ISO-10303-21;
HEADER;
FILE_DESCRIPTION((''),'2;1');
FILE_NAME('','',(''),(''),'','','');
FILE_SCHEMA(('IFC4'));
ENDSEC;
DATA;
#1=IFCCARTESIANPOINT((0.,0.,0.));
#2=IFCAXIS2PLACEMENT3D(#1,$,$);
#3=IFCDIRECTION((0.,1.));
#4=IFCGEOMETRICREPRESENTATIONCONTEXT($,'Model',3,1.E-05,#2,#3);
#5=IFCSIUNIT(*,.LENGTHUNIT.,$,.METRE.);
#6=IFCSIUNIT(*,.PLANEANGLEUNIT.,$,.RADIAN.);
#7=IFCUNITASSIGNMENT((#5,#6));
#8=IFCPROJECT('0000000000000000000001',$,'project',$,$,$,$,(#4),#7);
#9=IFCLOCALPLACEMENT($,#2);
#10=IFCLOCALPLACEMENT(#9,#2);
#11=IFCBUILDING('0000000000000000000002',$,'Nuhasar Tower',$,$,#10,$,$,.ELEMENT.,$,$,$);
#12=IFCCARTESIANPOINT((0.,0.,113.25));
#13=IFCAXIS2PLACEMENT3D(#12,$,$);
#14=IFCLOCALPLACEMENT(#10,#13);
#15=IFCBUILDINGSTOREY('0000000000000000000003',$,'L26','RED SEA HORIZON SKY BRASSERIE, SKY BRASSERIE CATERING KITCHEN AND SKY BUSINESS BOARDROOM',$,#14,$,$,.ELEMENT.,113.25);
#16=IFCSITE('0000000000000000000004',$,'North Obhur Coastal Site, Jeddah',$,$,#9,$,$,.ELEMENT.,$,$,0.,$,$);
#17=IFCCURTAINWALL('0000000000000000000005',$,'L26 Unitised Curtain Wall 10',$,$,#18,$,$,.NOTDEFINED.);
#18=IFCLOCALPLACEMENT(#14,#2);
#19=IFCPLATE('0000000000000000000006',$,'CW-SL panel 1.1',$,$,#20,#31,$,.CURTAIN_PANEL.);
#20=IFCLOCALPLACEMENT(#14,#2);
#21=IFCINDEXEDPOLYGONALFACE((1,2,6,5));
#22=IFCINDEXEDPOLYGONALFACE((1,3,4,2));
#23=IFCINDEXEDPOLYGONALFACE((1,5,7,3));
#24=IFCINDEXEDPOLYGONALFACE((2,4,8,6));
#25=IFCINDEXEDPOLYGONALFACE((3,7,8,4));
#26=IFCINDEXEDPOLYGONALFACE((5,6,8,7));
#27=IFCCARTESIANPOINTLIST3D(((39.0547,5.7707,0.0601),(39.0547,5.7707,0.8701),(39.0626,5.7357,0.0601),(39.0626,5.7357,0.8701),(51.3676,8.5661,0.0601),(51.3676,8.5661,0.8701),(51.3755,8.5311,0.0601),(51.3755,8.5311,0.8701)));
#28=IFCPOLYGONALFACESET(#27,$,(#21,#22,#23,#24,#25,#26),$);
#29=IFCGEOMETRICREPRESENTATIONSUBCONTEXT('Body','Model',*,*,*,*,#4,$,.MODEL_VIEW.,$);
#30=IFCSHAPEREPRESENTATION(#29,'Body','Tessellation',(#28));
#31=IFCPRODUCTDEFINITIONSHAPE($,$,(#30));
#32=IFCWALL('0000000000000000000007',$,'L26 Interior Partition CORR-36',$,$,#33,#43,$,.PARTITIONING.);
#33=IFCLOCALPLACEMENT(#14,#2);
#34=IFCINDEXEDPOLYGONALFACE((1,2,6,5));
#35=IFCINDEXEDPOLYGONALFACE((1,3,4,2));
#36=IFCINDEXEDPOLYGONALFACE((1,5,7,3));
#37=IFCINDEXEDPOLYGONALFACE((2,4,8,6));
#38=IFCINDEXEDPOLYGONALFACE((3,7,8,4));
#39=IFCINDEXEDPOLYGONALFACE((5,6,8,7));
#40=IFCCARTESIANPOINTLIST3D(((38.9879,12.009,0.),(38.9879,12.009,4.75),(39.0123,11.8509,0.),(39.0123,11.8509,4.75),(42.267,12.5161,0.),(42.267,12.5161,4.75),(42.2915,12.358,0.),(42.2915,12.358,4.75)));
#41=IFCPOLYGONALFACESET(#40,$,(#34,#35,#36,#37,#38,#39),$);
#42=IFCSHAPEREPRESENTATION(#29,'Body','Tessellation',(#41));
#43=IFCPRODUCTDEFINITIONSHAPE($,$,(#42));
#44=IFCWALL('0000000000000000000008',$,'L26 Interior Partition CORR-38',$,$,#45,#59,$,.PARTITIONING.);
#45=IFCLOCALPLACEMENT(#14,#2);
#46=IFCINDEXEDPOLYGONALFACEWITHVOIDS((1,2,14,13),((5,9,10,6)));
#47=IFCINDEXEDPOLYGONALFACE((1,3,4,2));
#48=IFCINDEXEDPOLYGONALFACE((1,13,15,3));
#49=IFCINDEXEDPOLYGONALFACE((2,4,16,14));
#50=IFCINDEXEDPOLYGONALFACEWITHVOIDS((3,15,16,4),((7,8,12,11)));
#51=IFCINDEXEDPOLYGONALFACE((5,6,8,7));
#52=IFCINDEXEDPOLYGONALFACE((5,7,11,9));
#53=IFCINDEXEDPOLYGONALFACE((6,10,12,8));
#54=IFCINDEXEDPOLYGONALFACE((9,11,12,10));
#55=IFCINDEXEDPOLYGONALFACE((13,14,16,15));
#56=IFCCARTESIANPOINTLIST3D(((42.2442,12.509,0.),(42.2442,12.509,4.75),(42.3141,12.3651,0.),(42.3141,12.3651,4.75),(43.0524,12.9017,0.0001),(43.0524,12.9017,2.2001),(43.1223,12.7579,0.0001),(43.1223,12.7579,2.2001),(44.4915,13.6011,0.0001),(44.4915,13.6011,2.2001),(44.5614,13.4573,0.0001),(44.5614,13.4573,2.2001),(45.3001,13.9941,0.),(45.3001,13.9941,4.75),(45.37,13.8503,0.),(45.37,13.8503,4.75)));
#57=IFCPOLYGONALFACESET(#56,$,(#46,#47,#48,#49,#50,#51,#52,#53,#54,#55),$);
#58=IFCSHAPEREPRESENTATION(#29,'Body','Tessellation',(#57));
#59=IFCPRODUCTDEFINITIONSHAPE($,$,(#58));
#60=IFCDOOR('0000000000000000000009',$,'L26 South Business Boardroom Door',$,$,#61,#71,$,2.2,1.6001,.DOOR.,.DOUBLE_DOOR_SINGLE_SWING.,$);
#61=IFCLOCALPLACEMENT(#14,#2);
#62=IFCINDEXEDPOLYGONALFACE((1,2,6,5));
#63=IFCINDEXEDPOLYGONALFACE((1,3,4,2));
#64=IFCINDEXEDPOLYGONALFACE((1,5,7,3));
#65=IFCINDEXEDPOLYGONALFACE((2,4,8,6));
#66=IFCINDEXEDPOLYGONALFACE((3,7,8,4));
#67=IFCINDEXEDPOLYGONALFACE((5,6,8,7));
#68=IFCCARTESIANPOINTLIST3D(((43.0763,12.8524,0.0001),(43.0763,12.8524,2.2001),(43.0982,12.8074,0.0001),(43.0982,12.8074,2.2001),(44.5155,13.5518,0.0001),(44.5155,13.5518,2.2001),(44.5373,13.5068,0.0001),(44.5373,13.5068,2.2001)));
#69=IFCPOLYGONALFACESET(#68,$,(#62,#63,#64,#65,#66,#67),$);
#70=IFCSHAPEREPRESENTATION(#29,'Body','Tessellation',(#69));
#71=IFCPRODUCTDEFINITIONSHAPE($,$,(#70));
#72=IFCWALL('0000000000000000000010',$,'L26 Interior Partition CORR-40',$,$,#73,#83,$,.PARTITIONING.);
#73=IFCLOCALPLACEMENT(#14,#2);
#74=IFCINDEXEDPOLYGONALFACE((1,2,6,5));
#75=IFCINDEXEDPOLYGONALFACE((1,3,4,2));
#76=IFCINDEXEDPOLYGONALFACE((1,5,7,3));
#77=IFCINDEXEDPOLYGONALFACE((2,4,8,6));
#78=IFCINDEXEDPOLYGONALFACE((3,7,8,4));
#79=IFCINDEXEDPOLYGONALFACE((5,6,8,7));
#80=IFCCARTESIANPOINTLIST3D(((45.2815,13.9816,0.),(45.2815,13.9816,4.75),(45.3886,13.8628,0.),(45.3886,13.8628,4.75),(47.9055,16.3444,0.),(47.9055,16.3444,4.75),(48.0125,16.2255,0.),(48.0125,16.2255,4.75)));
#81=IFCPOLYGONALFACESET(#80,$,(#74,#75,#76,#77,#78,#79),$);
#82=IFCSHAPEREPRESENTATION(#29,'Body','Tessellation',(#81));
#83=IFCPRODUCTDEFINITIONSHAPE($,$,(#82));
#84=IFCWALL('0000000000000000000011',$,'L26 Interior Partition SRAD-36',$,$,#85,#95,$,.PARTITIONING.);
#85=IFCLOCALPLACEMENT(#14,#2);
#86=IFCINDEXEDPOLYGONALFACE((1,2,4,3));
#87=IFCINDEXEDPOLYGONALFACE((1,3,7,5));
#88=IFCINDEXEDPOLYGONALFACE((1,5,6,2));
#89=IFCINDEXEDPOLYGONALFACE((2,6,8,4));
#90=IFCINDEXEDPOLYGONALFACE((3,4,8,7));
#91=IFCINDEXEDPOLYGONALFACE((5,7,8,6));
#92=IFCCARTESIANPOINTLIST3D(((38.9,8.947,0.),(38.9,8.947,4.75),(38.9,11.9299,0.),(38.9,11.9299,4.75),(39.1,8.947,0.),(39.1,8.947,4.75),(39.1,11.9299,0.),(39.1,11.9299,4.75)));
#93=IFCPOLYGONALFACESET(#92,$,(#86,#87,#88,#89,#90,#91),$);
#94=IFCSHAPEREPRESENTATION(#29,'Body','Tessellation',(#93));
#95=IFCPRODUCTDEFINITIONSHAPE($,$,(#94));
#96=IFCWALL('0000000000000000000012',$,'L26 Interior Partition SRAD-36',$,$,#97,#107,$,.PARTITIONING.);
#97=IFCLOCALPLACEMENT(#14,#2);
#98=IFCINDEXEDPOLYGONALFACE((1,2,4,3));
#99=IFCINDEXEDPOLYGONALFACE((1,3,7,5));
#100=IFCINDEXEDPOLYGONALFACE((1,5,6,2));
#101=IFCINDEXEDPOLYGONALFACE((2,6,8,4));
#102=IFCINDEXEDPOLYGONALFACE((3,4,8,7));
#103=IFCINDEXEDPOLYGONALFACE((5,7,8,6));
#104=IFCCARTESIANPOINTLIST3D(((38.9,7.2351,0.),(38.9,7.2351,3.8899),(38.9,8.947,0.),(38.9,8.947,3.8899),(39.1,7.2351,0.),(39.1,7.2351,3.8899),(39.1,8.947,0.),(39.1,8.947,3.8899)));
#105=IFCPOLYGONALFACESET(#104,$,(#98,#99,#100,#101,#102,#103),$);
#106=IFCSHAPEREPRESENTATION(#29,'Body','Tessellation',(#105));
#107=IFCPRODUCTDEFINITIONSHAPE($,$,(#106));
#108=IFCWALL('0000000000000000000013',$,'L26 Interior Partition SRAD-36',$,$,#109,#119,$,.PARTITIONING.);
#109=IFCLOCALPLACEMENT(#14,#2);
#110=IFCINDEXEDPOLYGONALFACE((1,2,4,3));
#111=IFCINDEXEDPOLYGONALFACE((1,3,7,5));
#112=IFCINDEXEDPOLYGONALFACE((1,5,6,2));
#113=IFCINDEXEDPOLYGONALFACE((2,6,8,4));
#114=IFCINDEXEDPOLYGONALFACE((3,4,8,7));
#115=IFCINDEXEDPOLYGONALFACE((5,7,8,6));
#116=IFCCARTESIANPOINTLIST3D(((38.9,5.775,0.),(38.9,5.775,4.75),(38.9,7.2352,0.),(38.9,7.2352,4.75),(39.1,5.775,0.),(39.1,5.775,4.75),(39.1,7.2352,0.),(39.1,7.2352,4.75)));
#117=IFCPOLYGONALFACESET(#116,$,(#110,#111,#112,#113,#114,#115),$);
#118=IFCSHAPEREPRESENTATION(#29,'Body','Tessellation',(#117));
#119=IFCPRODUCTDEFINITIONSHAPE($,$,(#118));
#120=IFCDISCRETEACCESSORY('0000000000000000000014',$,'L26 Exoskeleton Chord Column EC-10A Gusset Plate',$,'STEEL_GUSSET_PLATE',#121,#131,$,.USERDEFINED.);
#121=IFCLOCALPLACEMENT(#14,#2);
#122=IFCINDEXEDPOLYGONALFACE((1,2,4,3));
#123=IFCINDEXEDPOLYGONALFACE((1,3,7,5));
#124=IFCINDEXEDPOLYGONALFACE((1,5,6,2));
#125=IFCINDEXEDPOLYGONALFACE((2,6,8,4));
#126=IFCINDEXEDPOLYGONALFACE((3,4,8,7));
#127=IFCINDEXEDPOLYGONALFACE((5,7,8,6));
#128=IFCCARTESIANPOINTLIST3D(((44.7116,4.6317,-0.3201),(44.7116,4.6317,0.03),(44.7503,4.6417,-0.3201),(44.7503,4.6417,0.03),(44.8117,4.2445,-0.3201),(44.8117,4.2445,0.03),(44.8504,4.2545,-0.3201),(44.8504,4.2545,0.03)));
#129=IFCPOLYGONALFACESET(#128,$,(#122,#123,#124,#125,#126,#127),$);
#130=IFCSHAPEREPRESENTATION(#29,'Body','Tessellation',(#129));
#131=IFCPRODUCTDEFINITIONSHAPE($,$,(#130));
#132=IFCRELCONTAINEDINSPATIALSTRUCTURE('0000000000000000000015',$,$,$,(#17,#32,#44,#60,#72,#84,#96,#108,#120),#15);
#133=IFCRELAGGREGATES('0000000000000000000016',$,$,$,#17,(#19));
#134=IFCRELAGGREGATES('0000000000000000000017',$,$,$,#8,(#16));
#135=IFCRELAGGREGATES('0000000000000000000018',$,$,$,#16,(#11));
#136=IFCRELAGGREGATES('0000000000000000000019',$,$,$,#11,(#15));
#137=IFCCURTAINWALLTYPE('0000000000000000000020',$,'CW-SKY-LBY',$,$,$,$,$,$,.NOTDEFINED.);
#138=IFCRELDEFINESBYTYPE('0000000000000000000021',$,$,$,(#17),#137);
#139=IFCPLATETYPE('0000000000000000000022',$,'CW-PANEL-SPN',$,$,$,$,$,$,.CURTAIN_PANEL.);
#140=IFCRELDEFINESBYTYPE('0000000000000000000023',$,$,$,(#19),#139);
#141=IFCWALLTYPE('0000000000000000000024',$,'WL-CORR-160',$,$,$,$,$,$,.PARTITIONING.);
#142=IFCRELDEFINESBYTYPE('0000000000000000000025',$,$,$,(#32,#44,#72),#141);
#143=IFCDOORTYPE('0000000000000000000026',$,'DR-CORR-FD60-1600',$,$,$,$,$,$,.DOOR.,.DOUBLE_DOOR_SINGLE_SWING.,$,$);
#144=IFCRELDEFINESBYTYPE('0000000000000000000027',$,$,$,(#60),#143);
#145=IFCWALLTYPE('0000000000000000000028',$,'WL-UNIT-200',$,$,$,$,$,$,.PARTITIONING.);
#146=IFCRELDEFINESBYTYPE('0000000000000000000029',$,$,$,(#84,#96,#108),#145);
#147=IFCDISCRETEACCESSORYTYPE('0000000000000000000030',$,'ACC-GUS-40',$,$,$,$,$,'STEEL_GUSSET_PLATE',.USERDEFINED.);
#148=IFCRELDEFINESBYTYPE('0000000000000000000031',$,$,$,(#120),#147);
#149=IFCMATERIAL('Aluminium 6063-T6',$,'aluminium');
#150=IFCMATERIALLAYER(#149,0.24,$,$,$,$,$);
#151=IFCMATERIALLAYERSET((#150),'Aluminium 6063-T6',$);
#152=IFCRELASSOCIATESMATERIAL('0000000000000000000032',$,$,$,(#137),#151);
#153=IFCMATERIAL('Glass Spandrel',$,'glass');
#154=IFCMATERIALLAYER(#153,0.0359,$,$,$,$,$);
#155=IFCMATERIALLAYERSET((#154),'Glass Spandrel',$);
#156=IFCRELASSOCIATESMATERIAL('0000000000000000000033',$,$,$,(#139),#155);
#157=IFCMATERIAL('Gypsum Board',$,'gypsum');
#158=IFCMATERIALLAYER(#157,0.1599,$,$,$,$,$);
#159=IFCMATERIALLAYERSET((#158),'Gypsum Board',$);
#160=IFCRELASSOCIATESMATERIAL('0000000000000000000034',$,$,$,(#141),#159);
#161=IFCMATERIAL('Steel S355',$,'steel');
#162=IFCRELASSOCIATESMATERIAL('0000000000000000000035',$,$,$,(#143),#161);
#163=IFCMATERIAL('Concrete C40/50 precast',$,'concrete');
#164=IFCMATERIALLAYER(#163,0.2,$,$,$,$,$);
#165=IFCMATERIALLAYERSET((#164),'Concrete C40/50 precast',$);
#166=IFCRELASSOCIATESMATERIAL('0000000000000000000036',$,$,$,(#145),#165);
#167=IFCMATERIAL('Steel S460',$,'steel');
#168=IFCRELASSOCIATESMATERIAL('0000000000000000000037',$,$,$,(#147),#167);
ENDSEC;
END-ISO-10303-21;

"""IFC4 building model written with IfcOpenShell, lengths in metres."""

from ifc_helpers import new_model, si_unit, direction, frame, frame_2d, origin, origin_2d, place, context, subcontext, project, spatial, rectangle, extrude, material, layer, layer_set, type_object, element, fill, aggregate, save


model = new_model("IFC4")

# Units and contexts
model_context = context("Model", 3, precision=1e-05, world=origin(), true_north=direction((0.0, 1.0)))
body_context = subcontext(model_context, "Body", "Model", "MODEL_VIEW")
ifc_project = project(units=[si_unit("LENGTHUNIT", "METRE"), si_unit("PLANEANGLEUNIT", "RADIAN")], contexts=[model_context])

# Site, building, storey
site_placement = place(None, origin())
site = spatial("IfcSite", under=ifc_project, at=site_placement, Name="North Obhur Coastal Site, Jeddah", CompositionType="ELEMENT", RefElevation=0.0)
building_placement = place(site_placement, origin())
building = spatial("IfcBuilding", under=site, at=building_placement, Name="Nuhasar Tower", CompositionType="ELEMENT")
storey_placement = place(building_placement, frame((0.0, 0.0, 113.25)))
storey = spatial("IfcBuildingStorey", under=building, at=storey_placement, Name="L26", Description="RED SEA HORIZON SKY BRASSERIE, SKY BRASSERIE CATERING KITCHEN AND SKY BUSINESS BOARDROOM", CompositionType="ELEMENT", Elevation=113.25)

# Shared definitions
ifc_material_1 = material(Name="Steel S460", Category="steel")

# Shared definitions
ifc_material_2 = material(Name="Aluminium 6063-T6", Category="aluminium")
ifc_layer_1 = layer(ifc_material_2, 0.24)
ifc_layer_set_1 = layer_set([ifc_layer_1], Name="Aluminium 6063-T6")
curtain_wall_type = type_object("IfcCurtainWallType", Name="CW-SKY-LBY", PredefinedType="NOTDEFINED", material=ifc_layer_set_1)

# Curtain wall
curtain_wall_1_placement = place(storey_placement, origin())
curtain_wall_1 = element("IfcCurtainWall", 1, at=curtain_wall_1_placement, inside=storey, type_object=curtain_wall_type, Name="L26 Unitised Curtain Wall 10", PredefinedType="NOTDEFINED")

# Plate
ifc_material_3 = material(Name="Glass Spandrel", Category="glass")
ifc_layer_2 = layer(ifc_material_3, 0.0359)
ifc_layer_set_2 = layer_set([ifc_layer_2], Name="Glass Spandrel")
plate_type_1 = type_object("IfcPlateType", Name="CW-PANEL-SPN", PredefinedType="CURTAIN_PANEL", material=ifc_layer_set_2)
plate_1_placement = place(storey_placement, frame((45.2151, 7.1509, 0.0601), z_axis=(0.0, 0.0, 1.0), x_axis=(0.975184, 0.221397, 0.0)))
plate_1 = element("IfcPlate", 2, at=plate_1_placement, type_object=plate_type_1, Name="CW-SL panel 1.1", PredefinedType="CURTAIN_PANEL", context=body_context, shape_type="SweptSolid", body=[
    extrude(rectangle(XDim=12.6262, YDim=0.0359, at=origin_2d()), origin(), (0.0, 0.0, 1.0), 0.8101),
])
aggregate(curtain_wall_1, [plate_1])

# Wall
ifc_material_4 = material(Name="Gypsum Board", Category="gypsum")
ifc_layer_3 = layer(ifc_material_4, 0.1599)
ifc_layer_set_3 = layer_set([ifc_layer_3], Name="Gypsum Board")
wall_type_1 = type_object("IfcWallType", Name="WL-CORR-160", PredefinedType="PARTITIONING", material=ifc_layer_set_3)
wall_1_placement = place(storey_placement, frame((39.0, 11.9299, 0.0), z_axis=(0.0, 0.0, 1.0), x_axis=(0.988253, 0.152826, 0.0)))
element("IfcWall", 3, at=wall_1_placement, inside=storey, type_object=wall_type_1, Name="L26 Interior Partition CORR-36", PredefinedType="PARTITIONING", context=body_context, shape_type="SweptSolid", body=[
    extrude(rectangle(XDim=3.3181, YDim=0.1599, at=frame_2d((1.6592, 0.0))), origin(), (0.0, 0.0, 1.0), 4.75),
])

# Wall, opening, door
wall_2_placement = place(storey_placement, frame((45.335, 13.9221, 0.0), z_axis=(0.0, 0.0, 1.0), x_axis=(-0.899415, -0.437097, 0.0)))
wall_2 = element("IfcWall", 4, at=wall_2_placement, inside=storey, type_object=wall_type_1, Name="L26 Interior Partition CORR-38", PredefinedType="PARTITIONING", context=body_context, shape_type="SweptSolid", body=[
    extrude(rectangle(XDim=3.3977, YDim=0.1599, at=frame_2d((1.6987, 0.0))), origin(), (0.0, 0.0, 1.0), 4.75),
])
opening_placement = place(wall_2_placement, frame((0.8989, 0.0, 0.0)))
opening = element("IfcOpeningElement", 5, at=opening_placement, cuts=wall_2, PredefinedType="OPENING", context=body_context, shape_type="SweptSolid", body=[
    extrude(rectangle(XDim=1.6001, YDim=2.2, at=frame_2d((0.8, 1.1001))), frame((0.0, 0.0898, 0.0), z_axis=(0.0, -1.0, 0.0), x_axis=(1.0, 0.0, 0.0)), (0.0, 0.0, 1.0), 0.1799),
])
ifc_material_5 = material(Name="Steel S355", Category="steel")
door_type = type_object("IfcDoorType", Name="DR-CORR-FD60-1600", OperationType="DOUBLE_DOOR_SINGLE_SWING", PredefinedType="DOOR", material=ifc_material_5)
door_placement = place(opening_placement, origin())
door = element("IfcDoor", 6, at=door_placement, inside=storey, type_object=door_type, Name="L26 South Business Boardroom Door", OperationType="DOUBLE_DOOR_SINGLE_SWING", OverallHeight=2.2, OverallWidth=1.6001, PredefinedType="DOOR", context=body_context, shape_type="SweptSolid", body=[
    extrude(rectangle(XDim=1.6001, YDim=2.2, at=frame_2d((0.8, 1.1001))), frame((0.0, 0.0249, 0.0), z_axis=(0.0, -1.0, 0.0), x_axis=(1.0, 0.0, 0.0)), (0.0, 0.0, 1.0), 0.05),
])
fill(opening, door)

# Walls
wall_3_placement = place(storey_placement, frame((45.335, 13.9221, 0.0), z_axis=(0.0, 0.0, 1.0), x_axis=(0.743129, 0.669148, 0.0)))
element("IfcWall", 7, at=wall_3_placement, inside=storey, type_object=wall_type_1, Name="L26 Interior Partition CORR-40", PredefinedType="PARTITIONING", context=body_context, shape_type="SweptSolid", body=[
    extrude(rectangle(XDim=3.531, YDim=0.1599, at=frame_2d((1.7656, 0.0))), origin(), (0.0, 0.0, 1.0), 4.75),
])
ifc_material_6 = material(Name="Concrete C40/50 precast", Category="concrete")
ifc_layer_4 = layer(ifc_material_6, 0.2)
ifc_layer_set_4 = layer_set([ifc_layer_4], Name="Concrete C40/50 precast")
wall_type_2 = type_object("IfcWallType", Name="WL-UNIT-200", PredefinedType="PARTITIONING", material=ifc_layer_set_4)
wall_4_placement = place(storey_placement, frame((39.0, 11.9299, 0.0), z_axis=(0.0, 0.0, 1.0), x_axis=(0.0, -1.0, 0.0)))
element("IfcWall", 8, at=wall_4_placement, inside=storey, type_object=wall_type_2, Name="L26 Interior Partition SRAD-36", PredefinedType="PARTITIONING", context=body_context, shape_type="SweptSolid", body=[
    extrude(rectangle(XDim=2.9829, YDim=0.2, at=frame_2d((1.4915, 0.0))), origin(), (0.0, 0.0, 1.0), 4.75),
])
wall_5_placement = place(storey_placement, frame((39.0, 8.947, 0.0), z_axis=(0.0, 0.0, 1.0), x_axis=(0.0, -1.0, 0.0)))
element("IfcWall", 9, at=wall_5_placement, inside=storey, type_object=wall_type_2, Name="L26 Interior Partition SRAD-36", PredefinedType="PARTITIONING", context=body_context, shape_type="SweptSolid", body=[
    extrude(rectangle(XDim=1.7119, YDim=0.2, at=frame_2d((0.856, 0.0))), origin(), (0.0, 0.0, 1.0), 3.8899),
])
wall_6_placement = place(storey_placement, frame((39.0, 7.2351, 0.0), z_axis=(0.0, 0.0, 1.0), x_axis=(0.0, -1.0, 0.0)))
element("IfcWall", 10, at=wall_6_placement, inside=storey, type_object=wall_type_2, Name="L26 Interior Partition SRAD-36", PredefinedType="PARTITIONING", context=body_context, shape_type="SweptSolid", body=[
    extrude(rectangle(XDim=1.4602, YDim=0.2, at=frame_2d((0.73, 0.0))), origin(), (0.0, 0.0, 1.0), 4.75),
])

# Discrete accessory
discrete_accessory_type = type_object("IfcDiscreteAccessoryType", Name="ACC-GUS-40", ElementType="STEEL_GUSSET_PLATE", PredefinedType="USERDEFINED", material=ifc_material_1)
discrete_accessory_placement = place(storey_placement, frame((44.781, 4.4431, -0.3201), z_axis=(0.0, 0.0, 1.0), x_axis=(0.250346, -0.968156, 0.0)))
element("IfcDiscreteAccessory", 11, at=discrete_accessory_placement, inside=storey, type_object=discrete_accessory_type, Name="L26 Exoskeleton Chord Column EC-10A Gusset Plate", ObjectType="STEEL_GUSSET_PLATE", PredefinedType="USERDEFINED", context=body_context, shape_type="SweptSolid", body=[
    extrude(rectangle(XDim=0.3999, YDim=0.04, at=origin_2d()), origin(), (0.0, 0.0, 1.0), 0.3501),
])

save(model, "model.ifc")
